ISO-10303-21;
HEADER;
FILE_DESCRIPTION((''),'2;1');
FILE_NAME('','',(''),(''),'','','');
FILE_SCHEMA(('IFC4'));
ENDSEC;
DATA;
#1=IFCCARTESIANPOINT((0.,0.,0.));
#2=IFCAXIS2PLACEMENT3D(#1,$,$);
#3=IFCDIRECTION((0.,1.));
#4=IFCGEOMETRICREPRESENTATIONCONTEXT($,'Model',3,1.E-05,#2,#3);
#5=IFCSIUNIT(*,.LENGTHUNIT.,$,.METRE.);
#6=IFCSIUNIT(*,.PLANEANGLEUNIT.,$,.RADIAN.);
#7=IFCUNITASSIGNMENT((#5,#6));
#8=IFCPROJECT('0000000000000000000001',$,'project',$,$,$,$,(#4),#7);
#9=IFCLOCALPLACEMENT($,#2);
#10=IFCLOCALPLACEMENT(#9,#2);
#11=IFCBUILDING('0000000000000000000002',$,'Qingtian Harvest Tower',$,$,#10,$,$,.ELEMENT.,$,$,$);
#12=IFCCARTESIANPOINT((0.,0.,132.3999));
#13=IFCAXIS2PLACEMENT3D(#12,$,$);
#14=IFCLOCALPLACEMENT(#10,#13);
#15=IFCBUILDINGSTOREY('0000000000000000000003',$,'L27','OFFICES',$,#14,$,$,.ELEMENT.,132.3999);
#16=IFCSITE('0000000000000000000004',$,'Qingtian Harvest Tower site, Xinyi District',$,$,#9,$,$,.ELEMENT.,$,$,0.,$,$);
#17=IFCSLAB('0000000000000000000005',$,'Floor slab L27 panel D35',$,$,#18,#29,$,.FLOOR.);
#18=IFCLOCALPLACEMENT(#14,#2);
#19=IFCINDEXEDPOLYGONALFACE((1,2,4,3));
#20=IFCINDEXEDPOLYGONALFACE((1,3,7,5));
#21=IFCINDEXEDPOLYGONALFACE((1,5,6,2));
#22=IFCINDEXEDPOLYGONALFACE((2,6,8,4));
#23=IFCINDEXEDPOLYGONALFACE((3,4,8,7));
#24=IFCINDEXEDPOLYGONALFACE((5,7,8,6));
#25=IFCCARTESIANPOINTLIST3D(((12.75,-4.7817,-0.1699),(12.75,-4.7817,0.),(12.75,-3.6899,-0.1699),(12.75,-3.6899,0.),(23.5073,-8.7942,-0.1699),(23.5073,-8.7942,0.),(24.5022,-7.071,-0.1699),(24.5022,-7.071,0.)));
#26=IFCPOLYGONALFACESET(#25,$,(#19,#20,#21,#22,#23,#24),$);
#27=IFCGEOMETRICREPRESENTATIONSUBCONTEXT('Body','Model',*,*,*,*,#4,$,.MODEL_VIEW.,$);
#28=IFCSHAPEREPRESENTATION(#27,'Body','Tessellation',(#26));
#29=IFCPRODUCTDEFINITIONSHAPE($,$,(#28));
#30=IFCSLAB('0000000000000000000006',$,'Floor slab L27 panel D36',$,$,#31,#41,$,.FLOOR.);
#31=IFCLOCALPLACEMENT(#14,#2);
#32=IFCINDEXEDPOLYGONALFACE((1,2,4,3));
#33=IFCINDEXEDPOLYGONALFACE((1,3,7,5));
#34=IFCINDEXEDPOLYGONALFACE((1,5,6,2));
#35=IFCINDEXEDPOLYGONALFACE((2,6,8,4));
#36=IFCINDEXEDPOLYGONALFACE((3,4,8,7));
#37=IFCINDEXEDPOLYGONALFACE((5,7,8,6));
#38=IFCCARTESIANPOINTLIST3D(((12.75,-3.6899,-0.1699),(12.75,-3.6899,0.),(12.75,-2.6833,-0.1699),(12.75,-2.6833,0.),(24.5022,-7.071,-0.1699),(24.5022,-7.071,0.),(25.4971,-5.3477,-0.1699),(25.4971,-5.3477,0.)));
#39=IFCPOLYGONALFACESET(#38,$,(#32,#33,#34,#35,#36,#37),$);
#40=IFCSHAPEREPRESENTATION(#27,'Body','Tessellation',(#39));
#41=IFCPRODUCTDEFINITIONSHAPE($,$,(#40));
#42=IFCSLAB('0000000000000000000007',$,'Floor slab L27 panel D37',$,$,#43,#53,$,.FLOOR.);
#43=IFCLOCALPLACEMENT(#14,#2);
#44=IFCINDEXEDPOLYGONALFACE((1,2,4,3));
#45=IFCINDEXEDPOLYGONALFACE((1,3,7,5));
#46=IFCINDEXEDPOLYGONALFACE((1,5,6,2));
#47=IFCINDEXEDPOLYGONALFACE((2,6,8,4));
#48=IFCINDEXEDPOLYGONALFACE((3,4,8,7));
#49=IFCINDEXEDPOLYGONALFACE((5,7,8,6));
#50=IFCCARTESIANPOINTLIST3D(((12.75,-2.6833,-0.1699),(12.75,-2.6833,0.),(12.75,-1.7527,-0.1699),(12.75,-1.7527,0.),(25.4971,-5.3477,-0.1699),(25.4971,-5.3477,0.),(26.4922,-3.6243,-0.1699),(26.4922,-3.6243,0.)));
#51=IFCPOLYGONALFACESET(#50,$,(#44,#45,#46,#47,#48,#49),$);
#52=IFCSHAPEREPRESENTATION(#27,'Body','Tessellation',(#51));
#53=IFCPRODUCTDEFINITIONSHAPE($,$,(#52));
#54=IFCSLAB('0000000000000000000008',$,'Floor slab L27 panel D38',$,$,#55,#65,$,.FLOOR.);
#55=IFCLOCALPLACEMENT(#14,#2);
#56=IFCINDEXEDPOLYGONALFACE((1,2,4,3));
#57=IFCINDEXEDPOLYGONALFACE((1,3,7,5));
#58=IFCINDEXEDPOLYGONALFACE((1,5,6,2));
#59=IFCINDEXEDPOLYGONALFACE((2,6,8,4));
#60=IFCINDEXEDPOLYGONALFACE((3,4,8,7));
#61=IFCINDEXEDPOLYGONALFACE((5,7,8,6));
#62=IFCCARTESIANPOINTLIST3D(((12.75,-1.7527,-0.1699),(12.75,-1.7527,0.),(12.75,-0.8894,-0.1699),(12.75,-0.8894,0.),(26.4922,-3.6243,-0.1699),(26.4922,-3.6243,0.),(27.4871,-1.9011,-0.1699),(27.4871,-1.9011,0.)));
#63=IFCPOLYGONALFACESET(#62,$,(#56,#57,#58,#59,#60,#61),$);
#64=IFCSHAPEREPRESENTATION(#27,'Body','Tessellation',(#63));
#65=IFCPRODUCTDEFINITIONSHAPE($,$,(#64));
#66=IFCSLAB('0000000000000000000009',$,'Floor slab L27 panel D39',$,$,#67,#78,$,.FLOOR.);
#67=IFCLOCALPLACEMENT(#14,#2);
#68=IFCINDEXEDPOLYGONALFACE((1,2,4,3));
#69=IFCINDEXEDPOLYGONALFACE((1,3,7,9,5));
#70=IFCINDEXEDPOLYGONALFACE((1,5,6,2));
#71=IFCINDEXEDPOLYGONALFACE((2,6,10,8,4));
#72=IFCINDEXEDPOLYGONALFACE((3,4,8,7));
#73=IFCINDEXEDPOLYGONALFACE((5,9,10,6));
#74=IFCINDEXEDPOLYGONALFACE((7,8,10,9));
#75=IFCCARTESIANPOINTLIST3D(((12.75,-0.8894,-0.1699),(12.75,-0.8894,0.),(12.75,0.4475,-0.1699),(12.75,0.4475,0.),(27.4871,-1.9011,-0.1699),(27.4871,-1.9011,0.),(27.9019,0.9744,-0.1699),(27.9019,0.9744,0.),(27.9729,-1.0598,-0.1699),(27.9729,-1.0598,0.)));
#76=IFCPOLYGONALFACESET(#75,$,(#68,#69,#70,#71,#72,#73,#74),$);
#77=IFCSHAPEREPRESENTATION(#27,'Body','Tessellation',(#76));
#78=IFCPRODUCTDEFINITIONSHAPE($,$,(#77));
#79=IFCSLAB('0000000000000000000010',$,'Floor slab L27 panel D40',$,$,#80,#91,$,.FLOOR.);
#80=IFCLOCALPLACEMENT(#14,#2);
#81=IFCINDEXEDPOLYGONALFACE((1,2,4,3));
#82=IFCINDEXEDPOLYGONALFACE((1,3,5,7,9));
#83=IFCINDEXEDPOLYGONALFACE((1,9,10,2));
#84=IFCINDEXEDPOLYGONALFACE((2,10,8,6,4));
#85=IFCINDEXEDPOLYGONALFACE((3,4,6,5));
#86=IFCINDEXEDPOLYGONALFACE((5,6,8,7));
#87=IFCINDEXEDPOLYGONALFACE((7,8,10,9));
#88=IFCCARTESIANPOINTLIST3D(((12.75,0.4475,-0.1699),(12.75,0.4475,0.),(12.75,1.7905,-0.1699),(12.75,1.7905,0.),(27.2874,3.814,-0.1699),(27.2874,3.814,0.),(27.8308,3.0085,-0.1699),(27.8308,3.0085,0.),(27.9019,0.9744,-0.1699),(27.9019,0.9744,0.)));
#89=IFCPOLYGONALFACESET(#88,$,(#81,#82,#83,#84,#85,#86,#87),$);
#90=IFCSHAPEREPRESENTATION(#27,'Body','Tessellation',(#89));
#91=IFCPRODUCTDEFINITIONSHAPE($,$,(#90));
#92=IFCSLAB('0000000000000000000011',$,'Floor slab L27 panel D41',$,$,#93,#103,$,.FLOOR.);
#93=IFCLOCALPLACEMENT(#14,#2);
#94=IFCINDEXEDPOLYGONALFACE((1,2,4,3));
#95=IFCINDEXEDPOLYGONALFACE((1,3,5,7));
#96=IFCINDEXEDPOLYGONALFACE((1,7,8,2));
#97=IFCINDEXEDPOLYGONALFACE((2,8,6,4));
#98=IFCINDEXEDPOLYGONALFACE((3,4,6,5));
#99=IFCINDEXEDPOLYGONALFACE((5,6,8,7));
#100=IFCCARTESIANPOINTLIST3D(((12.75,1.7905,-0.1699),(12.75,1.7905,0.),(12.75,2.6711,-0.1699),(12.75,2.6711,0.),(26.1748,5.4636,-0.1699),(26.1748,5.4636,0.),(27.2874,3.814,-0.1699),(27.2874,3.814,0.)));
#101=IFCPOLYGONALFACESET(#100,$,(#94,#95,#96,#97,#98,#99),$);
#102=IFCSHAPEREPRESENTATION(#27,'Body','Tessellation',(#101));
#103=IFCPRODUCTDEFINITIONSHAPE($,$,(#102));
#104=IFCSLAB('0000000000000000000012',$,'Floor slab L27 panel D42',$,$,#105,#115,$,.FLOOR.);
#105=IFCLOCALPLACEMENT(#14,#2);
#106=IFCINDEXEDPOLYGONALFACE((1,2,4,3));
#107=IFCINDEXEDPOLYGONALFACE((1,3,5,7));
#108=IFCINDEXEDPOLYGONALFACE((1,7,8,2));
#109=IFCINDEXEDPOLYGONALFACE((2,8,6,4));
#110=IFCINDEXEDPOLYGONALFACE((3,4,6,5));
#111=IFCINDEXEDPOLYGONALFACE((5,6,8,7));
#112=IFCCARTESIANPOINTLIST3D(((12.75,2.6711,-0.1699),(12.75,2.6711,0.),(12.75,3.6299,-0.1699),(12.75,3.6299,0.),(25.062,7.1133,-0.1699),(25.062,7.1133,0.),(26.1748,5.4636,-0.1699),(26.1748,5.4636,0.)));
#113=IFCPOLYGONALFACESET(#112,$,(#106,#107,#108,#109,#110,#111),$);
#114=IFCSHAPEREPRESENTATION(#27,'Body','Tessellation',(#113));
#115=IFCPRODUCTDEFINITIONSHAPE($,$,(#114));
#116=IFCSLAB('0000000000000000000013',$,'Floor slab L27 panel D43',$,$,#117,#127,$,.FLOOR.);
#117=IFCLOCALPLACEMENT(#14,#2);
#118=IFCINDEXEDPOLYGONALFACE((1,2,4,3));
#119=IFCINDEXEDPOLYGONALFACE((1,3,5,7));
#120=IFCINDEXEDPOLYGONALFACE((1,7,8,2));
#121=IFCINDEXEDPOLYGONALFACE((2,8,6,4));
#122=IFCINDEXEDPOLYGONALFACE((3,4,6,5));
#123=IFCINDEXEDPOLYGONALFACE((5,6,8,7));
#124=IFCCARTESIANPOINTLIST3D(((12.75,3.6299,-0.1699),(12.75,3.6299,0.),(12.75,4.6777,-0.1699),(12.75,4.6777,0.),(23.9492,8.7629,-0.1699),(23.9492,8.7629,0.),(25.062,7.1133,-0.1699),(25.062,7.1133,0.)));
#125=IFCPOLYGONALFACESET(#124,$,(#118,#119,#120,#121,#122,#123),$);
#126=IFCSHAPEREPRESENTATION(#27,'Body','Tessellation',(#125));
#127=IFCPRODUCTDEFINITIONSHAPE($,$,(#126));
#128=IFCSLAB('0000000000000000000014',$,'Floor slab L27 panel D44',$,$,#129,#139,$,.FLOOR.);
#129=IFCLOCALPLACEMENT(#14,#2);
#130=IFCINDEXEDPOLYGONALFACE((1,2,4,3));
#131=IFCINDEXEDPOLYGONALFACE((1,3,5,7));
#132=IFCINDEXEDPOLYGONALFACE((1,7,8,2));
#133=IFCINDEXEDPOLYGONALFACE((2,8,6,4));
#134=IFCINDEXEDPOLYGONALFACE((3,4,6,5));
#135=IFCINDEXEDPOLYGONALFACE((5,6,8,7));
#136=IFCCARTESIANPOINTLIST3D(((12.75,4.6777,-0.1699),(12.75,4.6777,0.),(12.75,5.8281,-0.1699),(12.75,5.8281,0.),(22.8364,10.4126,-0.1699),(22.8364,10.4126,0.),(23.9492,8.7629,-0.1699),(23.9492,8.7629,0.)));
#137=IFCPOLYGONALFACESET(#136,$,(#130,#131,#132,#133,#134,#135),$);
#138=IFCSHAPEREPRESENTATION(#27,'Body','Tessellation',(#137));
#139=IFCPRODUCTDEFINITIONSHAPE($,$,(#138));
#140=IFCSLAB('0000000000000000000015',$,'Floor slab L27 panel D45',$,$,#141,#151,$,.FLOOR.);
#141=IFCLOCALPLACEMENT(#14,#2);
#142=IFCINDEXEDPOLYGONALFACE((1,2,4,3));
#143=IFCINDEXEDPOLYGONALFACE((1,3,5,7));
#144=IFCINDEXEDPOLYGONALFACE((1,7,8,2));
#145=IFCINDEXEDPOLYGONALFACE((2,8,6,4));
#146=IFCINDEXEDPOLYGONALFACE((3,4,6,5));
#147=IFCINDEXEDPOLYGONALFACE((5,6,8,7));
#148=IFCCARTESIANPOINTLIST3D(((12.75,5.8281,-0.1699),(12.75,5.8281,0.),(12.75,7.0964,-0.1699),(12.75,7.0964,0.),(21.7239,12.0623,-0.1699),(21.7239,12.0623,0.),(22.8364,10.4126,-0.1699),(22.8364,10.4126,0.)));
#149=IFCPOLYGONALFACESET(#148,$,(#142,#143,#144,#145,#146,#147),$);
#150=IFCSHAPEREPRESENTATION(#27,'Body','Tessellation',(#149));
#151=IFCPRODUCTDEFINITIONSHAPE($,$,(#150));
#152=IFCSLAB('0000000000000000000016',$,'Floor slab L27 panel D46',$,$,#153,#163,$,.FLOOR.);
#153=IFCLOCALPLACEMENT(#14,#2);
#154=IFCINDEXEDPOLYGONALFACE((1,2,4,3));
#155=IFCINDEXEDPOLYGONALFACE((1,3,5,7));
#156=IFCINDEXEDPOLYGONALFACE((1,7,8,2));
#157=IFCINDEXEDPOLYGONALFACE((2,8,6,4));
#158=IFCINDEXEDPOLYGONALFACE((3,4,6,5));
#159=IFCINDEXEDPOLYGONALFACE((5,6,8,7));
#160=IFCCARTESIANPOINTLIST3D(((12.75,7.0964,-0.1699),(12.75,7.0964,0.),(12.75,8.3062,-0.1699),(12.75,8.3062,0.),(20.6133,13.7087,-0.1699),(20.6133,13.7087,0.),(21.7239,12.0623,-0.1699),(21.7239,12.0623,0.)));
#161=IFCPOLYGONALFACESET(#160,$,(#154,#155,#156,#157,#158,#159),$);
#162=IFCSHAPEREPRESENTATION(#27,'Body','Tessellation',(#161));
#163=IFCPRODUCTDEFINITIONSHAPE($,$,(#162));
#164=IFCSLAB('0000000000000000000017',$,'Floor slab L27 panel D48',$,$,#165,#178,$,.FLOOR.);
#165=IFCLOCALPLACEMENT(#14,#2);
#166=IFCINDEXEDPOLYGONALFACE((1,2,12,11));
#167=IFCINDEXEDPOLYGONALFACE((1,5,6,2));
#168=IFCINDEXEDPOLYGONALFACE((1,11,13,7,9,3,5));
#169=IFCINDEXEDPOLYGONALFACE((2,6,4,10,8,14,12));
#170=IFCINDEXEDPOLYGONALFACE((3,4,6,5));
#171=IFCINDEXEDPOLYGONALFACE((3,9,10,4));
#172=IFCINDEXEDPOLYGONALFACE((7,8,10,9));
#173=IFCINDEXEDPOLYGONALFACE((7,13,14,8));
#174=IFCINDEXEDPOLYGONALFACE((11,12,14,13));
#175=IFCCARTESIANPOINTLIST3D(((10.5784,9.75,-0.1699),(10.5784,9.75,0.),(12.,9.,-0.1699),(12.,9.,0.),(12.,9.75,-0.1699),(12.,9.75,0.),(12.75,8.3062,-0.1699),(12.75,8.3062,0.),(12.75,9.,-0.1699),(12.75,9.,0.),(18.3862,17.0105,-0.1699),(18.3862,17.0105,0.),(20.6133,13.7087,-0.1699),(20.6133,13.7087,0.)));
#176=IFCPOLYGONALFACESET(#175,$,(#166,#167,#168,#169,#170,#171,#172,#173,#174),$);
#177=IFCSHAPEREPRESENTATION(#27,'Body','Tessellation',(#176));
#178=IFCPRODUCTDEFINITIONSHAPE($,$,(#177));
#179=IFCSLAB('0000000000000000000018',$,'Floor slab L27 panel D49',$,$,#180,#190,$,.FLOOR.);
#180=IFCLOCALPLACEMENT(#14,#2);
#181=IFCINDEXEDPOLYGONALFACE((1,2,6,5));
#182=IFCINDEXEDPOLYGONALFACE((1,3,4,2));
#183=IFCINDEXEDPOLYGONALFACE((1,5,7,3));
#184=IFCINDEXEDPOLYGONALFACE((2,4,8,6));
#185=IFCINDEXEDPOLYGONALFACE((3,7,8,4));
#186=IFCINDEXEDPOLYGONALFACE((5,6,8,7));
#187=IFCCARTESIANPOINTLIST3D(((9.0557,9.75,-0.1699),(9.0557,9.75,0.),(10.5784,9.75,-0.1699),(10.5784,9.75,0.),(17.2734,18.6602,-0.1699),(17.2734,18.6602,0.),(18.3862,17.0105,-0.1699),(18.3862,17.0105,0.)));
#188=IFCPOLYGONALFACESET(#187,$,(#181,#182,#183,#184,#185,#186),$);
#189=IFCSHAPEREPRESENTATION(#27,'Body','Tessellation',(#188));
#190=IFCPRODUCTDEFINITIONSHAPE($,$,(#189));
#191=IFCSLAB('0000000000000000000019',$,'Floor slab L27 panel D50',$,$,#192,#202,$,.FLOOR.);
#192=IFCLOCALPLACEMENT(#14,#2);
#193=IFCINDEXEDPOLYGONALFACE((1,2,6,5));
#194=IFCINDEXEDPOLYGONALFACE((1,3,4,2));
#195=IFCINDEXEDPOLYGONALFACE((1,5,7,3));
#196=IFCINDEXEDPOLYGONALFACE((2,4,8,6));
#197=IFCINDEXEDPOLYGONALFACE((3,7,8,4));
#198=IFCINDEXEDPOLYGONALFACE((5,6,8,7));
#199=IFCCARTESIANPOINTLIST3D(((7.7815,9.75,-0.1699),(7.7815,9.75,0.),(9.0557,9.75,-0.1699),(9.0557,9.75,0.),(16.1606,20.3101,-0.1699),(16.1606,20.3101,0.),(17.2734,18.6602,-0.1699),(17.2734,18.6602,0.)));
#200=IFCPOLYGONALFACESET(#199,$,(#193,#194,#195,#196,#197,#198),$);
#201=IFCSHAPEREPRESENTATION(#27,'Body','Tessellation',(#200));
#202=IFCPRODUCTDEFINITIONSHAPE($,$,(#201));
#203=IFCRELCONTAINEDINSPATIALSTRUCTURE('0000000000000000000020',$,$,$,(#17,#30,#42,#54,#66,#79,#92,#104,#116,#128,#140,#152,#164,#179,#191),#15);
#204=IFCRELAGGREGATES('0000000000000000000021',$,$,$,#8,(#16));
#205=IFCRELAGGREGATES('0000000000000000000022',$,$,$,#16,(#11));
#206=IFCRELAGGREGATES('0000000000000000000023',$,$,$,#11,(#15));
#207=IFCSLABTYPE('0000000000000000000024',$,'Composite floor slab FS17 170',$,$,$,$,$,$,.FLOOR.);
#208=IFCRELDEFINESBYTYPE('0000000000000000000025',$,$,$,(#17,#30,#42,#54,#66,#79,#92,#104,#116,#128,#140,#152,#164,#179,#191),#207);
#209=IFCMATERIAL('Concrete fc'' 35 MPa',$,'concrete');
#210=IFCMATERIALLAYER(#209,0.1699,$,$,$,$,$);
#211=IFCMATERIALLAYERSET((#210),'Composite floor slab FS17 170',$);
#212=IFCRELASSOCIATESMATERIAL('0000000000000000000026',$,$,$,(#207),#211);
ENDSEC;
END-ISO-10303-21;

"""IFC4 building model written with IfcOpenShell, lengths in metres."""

from ifc_helpers import new_model, si_unit, direction, frame, origin, place, context, subcontext, project, spatial, polyline, outline, extrude, material, layer, layer_set, type_object, element, save


model = new_model("IFC4")

# Units and contexts
model_context = context("Model", 3, precision=1e-05, world=origin(), true_north=direction((0.0, 1.0)))
body_context = subcontext(model_context, "Body", "Model", "MODEL_VIEW")
ifc_project = project(units=[si_unit("LENGTHUNIT", "METRE"), si_unit("PLANEANGLEUNIT", "RADIAN")], contexts=[model_context])

# Site, building, storey
site_placement = place(None, origin())
site = spatial("IfcSite", under=ifc_project, at=site_placement, Name="Qingtian Harvest Tower site, Xinyi District", CompositionType="ELEMENT", RefElevation=0.0)
building_placement = place(site_placement, origin())
building = spatial("IfcBuilding", under=site, at=building_placement, Name="Qingtian Harvest Tower", CompositionType="ELEMENT")
storey_placement = place(building_placement, frame((0.0, 0.0, 132.3999)))
storey = spatial("IfcBuildingStorey", under=building, at=storey_placement, Name="L27", Description="OFFICES", CompositionType="ELEMENT", Elevation=132.3999)

# Slabs
ifc_material_1 = material(Name="Concrete fc' 35 MPa", Category="concrete")
ifc_layer_1 = layer(ifc_material_1, 0.1699)
ifc_layer_set_1 = layer_set([ifc_layer_1], Name="Composite floor slab FS17 170")
slab_type = type_object("IfcSlabType", Name="Composite floor slab FS17 170", PredefinedType="FLOOR", material=ifc_layer_set_1)
slab_1_placement = place(storey_placement, frame((0.0, 0.0, -0.1699)))
element("IfcSlab", 1, at=slab_1_placement, inside=storey, type_object=slab_type, Name="Floor slab L27 panel D35", PredefinedType="FLOOR", context=body_context, shape_type="SweptSolid", body=[
    extrude(outline(polyline([(12.75, -3.6899), (24.5022, -7.071), (23.5073, -8.7942), (12.75, -4.7817), (12.75, -3.6899)])), origin(), (0.0, 0.0, 1.0), 0.1699),
])
slab_2_placement = place(storey_placement, frame((0.0, 0.0, -0.1699)))
element("IfcSlab", 2, at=slab_2_placement, inside=storey, type_object=slab_type, Name="Floor slab L27 panel D36", PredefinedType="FLOOR", context=body_context, shape_type="SweptSolid", body=[
    extrude(outline(polyline([(12.75, -2.6833), (25.4971, -5.3477), (24.5022, -7.071), (12.75, -3.6899), (12.75, -2.6833)])), origin(), (0.0, 0.0, 1.0), 0.1699),
])
slab_3_placement = place(storey_placement, frame((0.0, 0.0, -0.1699)))
element("IfcSlab", 3, at=slab_3_placement, inside=storey, type_object=slab_type, Name="Floor slab L27 panel D37", PredefinedType="FLOOR", context=body_context, shape_type="SweptSolid", body=[
    extrude(outline(polyline([(12.75, -1.7527), (26.4922, -3.6243), (25.4971, -5.3477), (12.75, -2.6833), (12.75, -1.7527)])), origin(), (0.0, 0.0, 1.0), 0.1699),
])
slab_4_placement = place(storey_placement, frame((0.0, 0.0, -0.1699)))
element("IfcSlab", 4, at=slab_4_placement, inside=storey, type_object=slab_type, Name="Floor slab L27 panel D38", PredefinedType="FLOOR", context=body_context, shape_type="SweptSolid", body=[
    extrude(outline(polyline([(12.75, -0.8894), (27.4871, -1.9011), (26.4922, -3.6243), (12.75, -1.7527), (12.75, -0.8894)])), origin(), (0.0, 0.0, 1.0), 0.1699),
])
slab_5_placement = place(storey_placement, frame((0.0, 0.0, -0.1699)))
element("IfcSlab", 5, at=slab_5_placement, inside=storey, type_object=slab_type, Name="Floor slab L27 panel D39", PredefinedType="FLOOR", context=body_context, shape_type="SweptSolid", body=[
    extrude(outline(polyline([(12.75, -0.8894), (12.75, 0.4475), (27.9019, 0.9744), (27.9729, -1.0598), (27.4871, -1.9011), (12.75, -0.8894)])), origin(), (0.0, 0.0, 1.0), 0.1699),
])
slab_6_placement = place(storey_placement, frame((0.0, 0.0, -0.1699)))
element("IfcSlab", 6, at=slab_6_placement, inside=storey, type_object=slab_type, Name="Floor slab L27 panel D40", PredefinedType="FLOOR", context=body_context, shape_type="SweptSolid", body=[
    extrude(outline(polyline([(12.75, 0.4475), (12.75, 1.7905), (27.2874, 3.814), (27.8308, 3.0085), (27.9019, 0.9744), (12.75, 0.4475)])), origin(), (0.0, 0.0, 1.0), 0.1699),
])
slab_7_placement = place(storey_placement, frame((0.0, 0.0, -0.1699)))
element("IfcSlab", 7, at=slab_7_placement, inside=storey, type_object=slab_type, Name="Floor slab L27 panel D41", PredefinedType="FLOOR", context=body_context, shape_type="SweptSolid", body=[
    extrude(outline(polyline([(12.75, 2.6711), (26.1748, 5.4636), (27.2874, 3.814), (12.75, 1.7905), (12.75, 2.6711)])), origin(), (0.0, 0.0, 1.0), 0.1699),
])
slab_8_placement = place(storey_placement, frame((0.0, 0.0, -0.1699)))
element("IfcSlab", 8, at=slab_8_placement, inside=storey, type_object=slab_type, Name="Floor slab L27 panel D42", PredefinedType="FLOOR", context=body_context, shape_type="SweptSolid", body=[
    extrude(outline(polyline([(12.75, 3.6299), (25.062, 7.1133), (26.1748, 5.4636), (12.75, 2.6711), (12.75, 3.6299)])), origin(), (0.0, 0.0, 1.0), 0.1699),
])
slab_9_placement = place(storey_placement, frame((0.0, 0.0, -0.1699)))
element("IfcSlab", 9, at=slab_9_placement, inside=storey, type_object=slab_type, Name="Floor slab L27 panel D43", PredefinedType="FLOOR", context=body_context, shape_type="SweptSolid", body=[
    extrude(outline(polyline([(12.75, 4.6777), (23.9492, 8.7629), (25.062, 7.1133), (12.75, 3.6299), (12.75, 4.6777)])), origin(), (0.0, 0.0, 1.0), 0.1699),
])
slab_10_placement = place(storey_placement, frame((0.0, 0.0, -0.1699)))
element("IfcSlab", 10, at=slab_10_placement, inside=storey, type_object=slab_type, Name="Floor slab L27 panel D44", PredefinedType="FLOOR", context=body_context, shape_type="SweptSolid", body=[
    extrude(outline(polyline([(12.75, 5.8281), (22.8364, 10.4126), (23.9492, 8.7629), (12.75, 4.6777), (12.75, 5.8281)])), origin(), (0.0, 0.0, 1.0), 0.1699),
])
slab_11_placement = place(storey_placement, frame((0.0, 0.0, -0.1699)))
element("IfcSlab", 11, at=slab_11_placement, inside=storey, type_object=slab_type, Name="Floor slab L27 panel D45", PredefinedType="FLOOR", context=body_context, shape_type="SweptSolid", body=[
    extrude(outline(polyline([(12.75, 7.0964), (21.7239, 12.0623), (22.8364, 10.4126), (12.75, 5.8281), (12.75, 7.0964)])), origin(), (0.0, 0.0, 1.0), 0.1699),
])
slab_12_placement = place(storey_placement, frame((0.0, 0.0, -0.1699)))
element("IfcSlab", 12, at=slab_12_placement, inside=storey, type_object=slab_type, Name="Floor slab L27 panel D46", PredefinedType="FLOOR", context=body_context, shape_type="SweptSolid", body=[
    extrude(outline(polyline([(12.75, 8.3062), (20.6133, 13.7087), (21.7239, 12.0623), (12.75, 7.0964), (12.75, 8.3062)])), origin(), (0.0, 0.0, 1.0), 0.1699),
])
slab_13_placement = place(storey_placement, frame((0.0, 0.0, -0.1699)))
element("IfcSlab", 13, at=slab_13_placement, inside=storey, type_object=slab_type, Name="Floor slab L27 panel D48", PredefinedType="FLOOR", context=body_context, shape_type="SweptSolid", body=[
    extrude(outline(polyline([(18.3862, 17.0105), (20.6133, 13.7087), (12.75, 8.3062), (12.75, 9.0), (12.0, 9.0), (12.0, 9.75), (10.5784, 9.75), (18.3862, 17.0105)])), origin(), (0.0, 0.0, 1.0), 0.1699),
])
slab_14_placement = place(storey_placement, frame((0.0, 0.0, -0.1699)))
element("IfcSlab", 14, at=slab_14_placement, inside=storey, type_object=slab_type, Name="Floor slab L27 panel D49", PredefinedType="FLOOR", context=body_context, shape_type="SweptSolid", body=[
    extrude(outline(polyline([(9.0557, 9.75), (17.2734, 18.6602), (18.3862, 17.0105), (10.5784, 9.75), (9.0557, 9.75)])), origin(), (0.0, 0.0, 1.0), 0.1699),
])
slab_15_placement = place(storey_placement, frame((0.0, 0.0, -0.1699)))
element("IfcSlab", 15, at=slab_15_placement, inside=storey, type_object=slab_type, Name="Floor slab L27 panel D50", PredefinedType="FLOOR", context=body_context, shape_type="SweptSolid", body=[
    extrude(outline(polyline([(7.7815, 9.75), (16.1606, 20.3101), (17.2734, 18.6602), (9.0557, 9.75), (7.7815, 9.75)])), origin(), (0.0, 0.0, 1.0), 0.1699),
])

save(model, "model.ifc")
